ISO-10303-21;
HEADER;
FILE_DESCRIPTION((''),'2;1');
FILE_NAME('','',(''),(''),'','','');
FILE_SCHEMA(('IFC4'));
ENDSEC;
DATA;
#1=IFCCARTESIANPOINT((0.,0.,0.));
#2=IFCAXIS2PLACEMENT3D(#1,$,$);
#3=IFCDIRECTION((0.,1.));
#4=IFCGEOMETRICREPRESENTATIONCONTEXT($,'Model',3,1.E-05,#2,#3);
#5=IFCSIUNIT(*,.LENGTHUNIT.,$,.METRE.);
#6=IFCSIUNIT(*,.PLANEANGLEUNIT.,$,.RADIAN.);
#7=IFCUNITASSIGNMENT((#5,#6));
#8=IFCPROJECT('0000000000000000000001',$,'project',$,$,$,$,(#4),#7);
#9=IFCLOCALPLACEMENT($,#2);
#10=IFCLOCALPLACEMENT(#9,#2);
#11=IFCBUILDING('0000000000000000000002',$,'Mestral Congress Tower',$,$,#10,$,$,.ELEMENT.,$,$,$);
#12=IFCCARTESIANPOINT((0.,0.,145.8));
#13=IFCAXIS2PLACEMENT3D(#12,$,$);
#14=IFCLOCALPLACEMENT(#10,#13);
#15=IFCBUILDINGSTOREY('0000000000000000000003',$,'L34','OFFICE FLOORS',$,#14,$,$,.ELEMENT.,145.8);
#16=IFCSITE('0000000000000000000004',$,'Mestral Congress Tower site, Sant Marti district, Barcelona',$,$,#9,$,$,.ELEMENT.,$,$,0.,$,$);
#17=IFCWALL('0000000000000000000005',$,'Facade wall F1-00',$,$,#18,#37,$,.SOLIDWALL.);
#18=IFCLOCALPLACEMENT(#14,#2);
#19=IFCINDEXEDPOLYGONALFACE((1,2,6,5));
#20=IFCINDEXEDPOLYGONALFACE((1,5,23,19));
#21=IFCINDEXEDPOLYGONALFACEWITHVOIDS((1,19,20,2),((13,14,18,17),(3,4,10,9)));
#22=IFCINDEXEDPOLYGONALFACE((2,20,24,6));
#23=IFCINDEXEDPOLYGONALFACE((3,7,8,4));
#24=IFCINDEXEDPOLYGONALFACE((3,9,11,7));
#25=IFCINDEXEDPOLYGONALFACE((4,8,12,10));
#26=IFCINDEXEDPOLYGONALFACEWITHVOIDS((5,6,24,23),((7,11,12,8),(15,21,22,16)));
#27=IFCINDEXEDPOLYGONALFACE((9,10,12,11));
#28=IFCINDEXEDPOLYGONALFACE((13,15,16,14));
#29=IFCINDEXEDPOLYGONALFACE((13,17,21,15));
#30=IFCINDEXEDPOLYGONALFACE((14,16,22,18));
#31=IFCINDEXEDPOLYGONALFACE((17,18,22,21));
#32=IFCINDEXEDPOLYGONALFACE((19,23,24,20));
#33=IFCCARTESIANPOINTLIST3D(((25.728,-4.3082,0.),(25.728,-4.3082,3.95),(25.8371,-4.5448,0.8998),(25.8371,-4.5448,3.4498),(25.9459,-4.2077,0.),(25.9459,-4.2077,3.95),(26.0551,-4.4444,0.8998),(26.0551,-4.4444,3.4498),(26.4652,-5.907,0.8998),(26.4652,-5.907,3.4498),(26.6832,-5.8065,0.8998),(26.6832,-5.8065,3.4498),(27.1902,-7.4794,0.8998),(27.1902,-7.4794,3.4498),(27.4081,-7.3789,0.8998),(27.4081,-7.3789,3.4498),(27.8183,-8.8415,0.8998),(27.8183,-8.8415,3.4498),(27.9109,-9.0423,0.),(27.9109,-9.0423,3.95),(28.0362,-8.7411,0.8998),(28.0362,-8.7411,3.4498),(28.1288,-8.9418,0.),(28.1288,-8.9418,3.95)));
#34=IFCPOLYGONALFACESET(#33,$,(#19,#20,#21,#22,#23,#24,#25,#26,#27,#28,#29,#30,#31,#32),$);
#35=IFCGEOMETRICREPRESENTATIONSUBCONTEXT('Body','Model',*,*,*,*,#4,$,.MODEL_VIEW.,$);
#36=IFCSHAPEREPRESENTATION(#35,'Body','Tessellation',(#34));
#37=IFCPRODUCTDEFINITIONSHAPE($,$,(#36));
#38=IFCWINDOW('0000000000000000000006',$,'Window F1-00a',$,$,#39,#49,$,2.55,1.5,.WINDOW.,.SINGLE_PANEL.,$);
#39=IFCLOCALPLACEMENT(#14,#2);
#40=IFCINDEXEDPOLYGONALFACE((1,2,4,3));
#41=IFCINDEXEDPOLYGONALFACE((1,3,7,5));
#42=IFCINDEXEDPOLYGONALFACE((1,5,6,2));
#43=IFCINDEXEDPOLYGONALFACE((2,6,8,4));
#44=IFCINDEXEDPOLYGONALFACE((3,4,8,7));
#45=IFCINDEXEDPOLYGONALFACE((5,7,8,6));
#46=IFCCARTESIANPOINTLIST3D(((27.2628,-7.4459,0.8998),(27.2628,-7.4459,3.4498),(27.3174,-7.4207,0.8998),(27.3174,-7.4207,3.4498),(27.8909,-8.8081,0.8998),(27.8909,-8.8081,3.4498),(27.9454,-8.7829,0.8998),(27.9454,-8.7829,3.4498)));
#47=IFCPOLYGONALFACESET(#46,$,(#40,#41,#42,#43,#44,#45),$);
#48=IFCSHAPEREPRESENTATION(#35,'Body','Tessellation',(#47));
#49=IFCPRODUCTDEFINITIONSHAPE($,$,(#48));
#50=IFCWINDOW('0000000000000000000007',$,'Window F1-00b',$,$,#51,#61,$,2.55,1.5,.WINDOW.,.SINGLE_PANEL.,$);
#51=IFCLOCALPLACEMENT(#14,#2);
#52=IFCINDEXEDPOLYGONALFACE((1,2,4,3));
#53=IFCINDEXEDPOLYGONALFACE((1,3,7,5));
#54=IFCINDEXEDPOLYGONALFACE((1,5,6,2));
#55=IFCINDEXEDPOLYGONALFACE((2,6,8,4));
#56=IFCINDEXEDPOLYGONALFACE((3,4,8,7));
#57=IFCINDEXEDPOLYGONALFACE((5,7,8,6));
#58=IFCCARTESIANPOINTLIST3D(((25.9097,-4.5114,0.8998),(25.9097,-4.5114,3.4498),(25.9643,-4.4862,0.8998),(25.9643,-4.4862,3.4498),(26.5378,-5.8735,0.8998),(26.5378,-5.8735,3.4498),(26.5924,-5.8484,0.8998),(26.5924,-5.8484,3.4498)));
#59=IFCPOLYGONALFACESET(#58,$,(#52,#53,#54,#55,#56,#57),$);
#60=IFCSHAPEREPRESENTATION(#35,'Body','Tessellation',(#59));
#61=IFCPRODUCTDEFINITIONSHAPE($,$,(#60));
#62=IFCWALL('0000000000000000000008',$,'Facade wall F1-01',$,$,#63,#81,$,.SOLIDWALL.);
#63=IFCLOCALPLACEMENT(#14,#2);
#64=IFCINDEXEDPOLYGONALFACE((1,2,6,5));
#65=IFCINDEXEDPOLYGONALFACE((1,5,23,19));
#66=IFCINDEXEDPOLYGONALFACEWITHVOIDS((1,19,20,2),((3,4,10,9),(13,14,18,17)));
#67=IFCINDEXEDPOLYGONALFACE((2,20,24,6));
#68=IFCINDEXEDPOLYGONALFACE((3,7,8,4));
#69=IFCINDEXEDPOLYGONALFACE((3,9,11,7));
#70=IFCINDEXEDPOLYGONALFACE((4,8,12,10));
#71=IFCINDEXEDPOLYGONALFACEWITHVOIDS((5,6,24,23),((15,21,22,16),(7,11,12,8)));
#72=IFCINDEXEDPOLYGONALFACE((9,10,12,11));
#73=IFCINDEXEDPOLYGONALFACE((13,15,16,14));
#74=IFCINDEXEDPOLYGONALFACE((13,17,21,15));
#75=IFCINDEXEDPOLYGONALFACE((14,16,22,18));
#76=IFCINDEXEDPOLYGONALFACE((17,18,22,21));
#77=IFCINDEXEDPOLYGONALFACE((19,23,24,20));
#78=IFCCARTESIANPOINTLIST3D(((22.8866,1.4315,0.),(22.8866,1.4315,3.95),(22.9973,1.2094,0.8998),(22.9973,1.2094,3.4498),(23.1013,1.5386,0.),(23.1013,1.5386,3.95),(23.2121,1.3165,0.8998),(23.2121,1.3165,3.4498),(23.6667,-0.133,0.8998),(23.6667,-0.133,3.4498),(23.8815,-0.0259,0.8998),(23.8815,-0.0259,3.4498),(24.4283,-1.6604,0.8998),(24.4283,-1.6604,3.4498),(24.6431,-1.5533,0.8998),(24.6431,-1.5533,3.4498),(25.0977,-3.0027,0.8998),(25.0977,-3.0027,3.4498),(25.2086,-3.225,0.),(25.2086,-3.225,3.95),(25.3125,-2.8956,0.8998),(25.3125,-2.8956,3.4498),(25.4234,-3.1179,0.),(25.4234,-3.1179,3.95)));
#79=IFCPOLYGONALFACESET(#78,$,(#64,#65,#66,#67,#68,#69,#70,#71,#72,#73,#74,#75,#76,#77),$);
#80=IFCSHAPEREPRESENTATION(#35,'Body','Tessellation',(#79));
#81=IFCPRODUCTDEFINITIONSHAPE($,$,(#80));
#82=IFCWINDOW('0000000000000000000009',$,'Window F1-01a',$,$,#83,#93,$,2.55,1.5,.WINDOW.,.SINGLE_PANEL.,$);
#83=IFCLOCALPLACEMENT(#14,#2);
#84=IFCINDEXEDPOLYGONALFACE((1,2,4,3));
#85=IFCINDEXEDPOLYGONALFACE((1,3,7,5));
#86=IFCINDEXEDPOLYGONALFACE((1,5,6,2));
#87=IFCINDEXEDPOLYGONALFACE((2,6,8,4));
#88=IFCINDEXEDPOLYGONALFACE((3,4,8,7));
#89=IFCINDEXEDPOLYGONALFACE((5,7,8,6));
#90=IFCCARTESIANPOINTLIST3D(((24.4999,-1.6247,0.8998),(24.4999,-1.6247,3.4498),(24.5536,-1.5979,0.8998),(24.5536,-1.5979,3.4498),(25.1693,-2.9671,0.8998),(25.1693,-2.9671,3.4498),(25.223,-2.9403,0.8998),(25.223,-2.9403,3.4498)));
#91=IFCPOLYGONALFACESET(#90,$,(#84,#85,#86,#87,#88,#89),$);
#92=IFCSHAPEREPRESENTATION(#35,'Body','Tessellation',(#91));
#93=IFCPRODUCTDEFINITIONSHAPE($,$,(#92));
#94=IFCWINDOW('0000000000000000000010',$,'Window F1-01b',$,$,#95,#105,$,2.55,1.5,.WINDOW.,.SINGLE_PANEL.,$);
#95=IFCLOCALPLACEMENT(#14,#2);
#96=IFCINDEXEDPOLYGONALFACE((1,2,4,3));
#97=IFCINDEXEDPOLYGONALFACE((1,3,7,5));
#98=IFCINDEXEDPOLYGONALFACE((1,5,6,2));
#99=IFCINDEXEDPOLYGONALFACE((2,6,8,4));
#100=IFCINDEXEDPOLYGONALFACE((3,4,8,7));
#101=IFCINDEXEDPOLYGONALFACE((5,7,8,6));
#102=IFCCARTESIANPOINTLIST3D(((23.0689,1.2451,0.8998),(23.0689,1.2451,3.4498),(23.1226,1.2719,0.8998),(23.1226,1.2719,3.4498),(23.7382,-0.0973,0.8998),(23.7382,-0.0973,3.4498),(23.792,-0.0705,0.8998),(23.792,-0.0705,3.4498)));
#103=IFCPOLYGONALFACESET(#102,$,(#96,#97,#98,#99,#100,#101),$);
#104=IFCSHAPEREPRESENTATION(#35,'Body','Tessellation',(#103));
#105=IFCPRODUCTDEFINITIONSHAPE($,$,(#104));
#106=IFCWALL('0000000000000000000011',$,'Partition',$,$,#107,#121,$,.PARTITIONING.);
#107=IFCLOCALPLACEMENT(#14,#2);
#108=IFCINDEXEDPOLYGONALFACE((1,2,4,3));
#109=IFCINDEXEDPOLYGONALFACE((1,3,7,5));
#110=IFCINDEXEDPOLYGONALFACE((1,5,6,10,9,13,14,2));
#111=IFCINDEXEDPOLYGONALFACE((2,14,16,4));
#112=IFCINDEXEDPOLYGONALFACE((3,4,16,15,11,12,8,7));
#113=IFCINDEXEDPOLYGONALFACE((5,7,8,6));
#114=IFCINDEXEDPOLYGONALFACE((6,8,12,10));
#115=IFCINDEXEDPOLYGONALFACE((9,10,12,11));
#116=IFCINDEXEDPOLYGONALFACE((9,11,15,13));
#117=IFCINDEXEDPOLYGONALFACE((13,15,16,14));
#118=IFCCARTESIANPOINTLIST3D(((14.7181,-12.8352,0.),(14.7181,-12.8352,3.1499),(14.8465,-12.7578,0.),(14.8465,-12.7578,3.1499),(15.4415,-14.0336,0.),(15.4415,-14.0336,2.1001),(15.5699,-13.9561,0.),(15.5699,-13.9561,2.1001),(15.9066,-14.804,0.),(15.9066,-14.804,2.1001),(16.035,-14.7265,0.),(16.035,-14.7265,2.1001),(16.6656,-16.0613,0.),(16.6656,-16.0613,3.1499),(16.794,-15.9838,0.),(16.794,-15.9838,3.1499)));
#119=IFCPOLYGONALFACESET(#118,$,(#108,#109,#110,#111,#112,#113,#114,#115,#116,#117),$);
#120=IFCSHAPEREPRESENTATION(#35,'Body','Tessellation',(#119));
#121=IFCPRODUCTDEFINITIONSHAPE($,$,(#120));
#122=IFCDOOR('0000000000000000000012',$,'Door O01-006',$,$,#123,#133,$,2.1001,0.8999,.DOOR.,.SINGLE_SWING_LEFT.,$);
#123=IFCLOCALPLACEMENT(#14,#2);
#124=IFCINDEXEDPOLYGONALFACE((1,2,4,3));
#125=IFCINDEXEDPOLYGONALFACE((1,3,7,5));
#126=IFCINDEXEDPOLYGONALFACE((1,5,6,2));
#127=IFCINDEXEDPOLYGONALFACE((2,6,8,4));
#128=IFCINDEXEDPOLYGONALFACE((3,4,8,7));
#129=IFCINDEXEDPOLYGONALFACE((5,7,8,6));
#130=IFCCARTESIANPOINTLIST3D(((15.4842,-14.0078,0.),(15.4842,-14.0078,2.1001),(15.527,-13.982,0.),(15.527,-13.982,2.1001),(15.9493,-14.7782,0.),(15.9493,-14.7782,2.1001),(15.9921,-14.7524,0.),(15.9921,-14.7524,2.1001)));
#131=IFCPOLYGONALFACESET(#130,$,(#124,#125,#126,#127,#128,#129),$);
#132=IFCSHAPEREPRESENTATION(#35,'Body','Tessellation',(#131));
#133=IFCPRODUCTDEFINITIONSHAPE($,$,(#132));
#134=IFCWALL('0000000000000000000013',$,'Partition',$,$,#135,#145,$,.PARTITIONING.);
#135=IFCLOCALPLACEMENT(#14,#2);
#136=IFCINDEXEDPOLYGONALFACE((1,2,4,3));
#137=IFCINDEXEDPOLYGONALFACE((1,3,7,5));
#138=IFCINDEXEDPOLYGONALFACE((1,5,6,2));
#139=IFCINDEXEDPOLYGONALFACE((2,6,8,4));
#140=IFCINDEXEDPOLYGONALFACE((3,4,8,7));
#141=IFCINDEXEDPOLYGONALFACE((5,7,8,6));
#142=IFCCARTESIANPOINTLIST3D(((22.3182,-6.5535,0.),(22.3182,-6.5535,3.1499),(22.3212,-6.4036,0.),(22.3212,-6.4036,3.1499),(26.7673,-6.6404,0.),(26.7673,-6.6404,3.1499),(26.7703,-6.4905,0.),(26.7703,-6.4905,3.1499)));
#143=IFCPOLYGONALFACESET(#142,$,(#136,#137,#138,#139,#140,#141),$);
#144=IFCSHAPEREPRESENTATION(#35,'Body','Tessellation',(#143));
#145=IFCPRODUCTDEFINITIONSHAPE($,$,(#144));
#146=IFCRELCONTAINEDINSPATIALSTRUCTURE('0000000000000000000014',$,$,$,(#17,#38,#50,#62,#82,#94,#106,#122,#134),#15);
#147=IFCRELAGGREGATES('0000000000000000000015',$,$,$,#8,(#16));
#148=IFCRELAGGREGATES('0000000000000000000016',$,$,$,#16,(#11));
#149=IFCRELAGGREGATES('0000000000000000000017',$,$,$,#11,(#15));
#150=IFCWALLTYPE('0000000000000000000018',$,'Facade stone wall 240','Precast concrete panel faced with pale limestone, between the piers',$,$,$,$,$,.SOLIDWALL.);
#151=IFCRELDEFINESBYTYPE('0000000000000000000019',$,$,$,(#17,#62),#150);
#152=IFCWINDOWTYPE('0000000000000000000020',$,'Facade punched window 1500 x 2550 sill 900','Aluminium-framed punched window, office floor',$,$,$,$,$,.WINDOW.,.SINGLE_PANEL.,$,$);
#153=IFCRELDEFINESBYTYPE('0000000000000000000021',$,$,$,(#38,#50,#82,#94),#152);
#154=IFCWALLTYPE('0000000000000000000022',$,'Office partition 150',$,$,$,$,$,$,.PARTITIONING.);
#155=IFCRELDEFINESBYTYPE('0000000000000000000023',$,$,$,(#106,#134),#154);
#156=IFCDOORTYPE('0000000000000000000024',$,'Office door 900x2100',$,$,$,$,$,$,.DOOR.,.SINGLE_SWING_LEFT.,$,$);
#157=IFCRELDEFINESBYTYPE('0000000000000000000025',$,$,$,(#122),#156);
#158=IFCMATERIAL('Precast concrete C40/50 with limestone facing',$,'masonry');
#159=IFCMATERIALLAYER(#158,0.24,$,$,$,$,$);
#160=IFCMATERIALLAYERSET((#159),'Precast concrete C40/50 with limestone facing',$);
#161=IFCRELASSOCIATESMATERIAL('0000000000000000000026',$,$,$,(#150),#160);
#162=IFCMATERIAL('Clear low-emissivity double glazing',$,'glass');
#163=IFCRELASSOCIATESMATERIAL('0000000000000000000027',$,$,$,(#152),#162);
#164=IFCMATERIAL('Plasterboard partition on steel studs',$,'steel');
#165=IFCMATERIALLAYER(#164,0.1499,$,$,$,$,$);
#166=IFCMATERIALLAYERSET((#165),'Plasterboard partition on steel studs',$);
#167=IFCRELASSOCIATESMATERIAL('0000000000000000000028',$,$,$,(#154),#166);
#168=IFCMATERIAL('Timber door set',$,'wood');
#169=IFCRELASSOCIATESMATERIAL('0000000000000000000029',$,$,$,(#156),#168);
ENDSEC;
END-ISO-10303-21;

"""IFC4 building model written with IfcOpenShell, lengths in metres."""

from ifc_helpers import new_model, si_unit, direction, frame, frame_2d, origin, place, context, subcontext, project, spatial, rectangle, extrude, material, layer, layer_set, type_object, element, fill, save


model = new_model("IFC4")

# Units and contexts
model_context = context("Model", 3, precision=1e-05, world=origin(), true_north=direction((0.0, 1.0)))
body_context = subcontext(model_context, "Body", "Model", "MODEL_VIEW")
ifc_project = project(units=[si_unit("LENGTHUNIT", "METRE"), si_unit("PLANEANGLEUNIT", "RADIAN")], contexts=[model_context])

# Site, building, storey
site_placement = place(None, origin())
site = spatial("IfcSite", under=ifc_project, at=site_placement, Name="Mestral Congress Tower site, Sant Marti district, Barcelona", CompositionType="ELEMENT", RefElevation=0.0)
building_placement = place(site_placement, origin())
building = spatial("IfcBuilding", under=site, at=building_placement, Name="Mestral Congress Tower", CompositionType="ELEMENT")
storey_placement = place(building_placement, frame((0.0, 0.0, 145.8)))
storey = spatial("IfcBuildingStorey", under=building, at=storey_placement, Name="L34", Description="OFFICE FLOORS", CompositionType="ELEMENT", Elevation=145.8)

# Shared definitions
ifc_material_1 = material(Name="Precast concrete C40/50 with limestone facing", Category="masonry")
ifc_layer_1 = layer(ifc_material_1, 0.24)
ifc_layer_set_1 = layer_set([ifc_layer_1], Name="Precast concrete C40/50 with limestone facing")
wall_type_1 = type_object("IfcWallType", Name="Facade stone wall 240", Description="Precast concrete panel faced with pale limestone, between the piers", PredefinedType="SOLIDWALL", material=ifc_layer_set_1)
ifc_material_2 = material(Name="Clear low-emissivity double glazing", Category="glass")

# Walls, openings, windows
wall_1_placement = place(storey_placement, frame((28.0198, -8.9919, 0.0), z_axis=(0.0, 0.0, 1.0), x_axis=(-0.418723, 0.908114, 0.0)))
wall_1 = element("IfcWall", 1, at=wall_1_placement, inside=storey, type_object=wall_type_1, Name="Facade wall F1-00", PredefinedType="SOLIDWALL", context=body_context, shape_type="SweptSolid", body=[
    extrude(rectangle(XDim=5.2131, YDim=0.24, at=frame_2d((2.6064, 0.0))), origin(), (0.0, 0.0, 1.0), 3.95),
])
opening_1_placement = place(wall_1_placement, frame((0.2209, 0.0, 0.8999)))
opening_1 = element("IfcOpeningElement", 2, at=opening_1_placement, cuts=wall_1, PredefinedType="OPENING", context=body_context, shape_type="SweptSolid", body=[
    extrude(rectangle(XDim=1.5, YDim=2.55, at=frame_2d((0.75, 1.2749))), frame((0.0, 0.1299, 0.0), z_axis=(0.0, -1.0, 0.0), x_axis=(1.0, 0.0, 0.0)), (0.0, 0.0, 1.0), 0.26),
])
opening_2_placement = place(wall_1_placement, frame((3.4524, 0.0, 0.8999)))
opening_2 = element("IfcOpeningElement", 3, at=opening_2_placement, cuts=wall_1, PredefinedType="OPENING", context=body_context, shape_type="SweptSolid", body=[
    extrude(rectangle(XDim=1.5, YDim=2.55, at=frame_2d((0.75, 1.2749))), frame((0.0, 0.1299, 0.0), z_axis=(0.0, -1.0, 0.0), x_axis=(1.0, 0.0, 0.0)), (0.0, 0.0, 1.0), 0.26),
])
window_type_1 = type_object("IfcWindowType", Name="Facade punched window 1500 x 2550 sill 900", Description="Aluminium-framed punched window, office floor", PartitioningType="SINGLE_PANEL", PredefinedType="WINDOW", material=ifc_material_2)
window_1_placement = place(opening_1_placement, origin())
window_1 = element("IfcWindow", 4, at=window_1_placement, inside=storey, type_object=window_type_1, Name="Window F1-00a", OverallHeight=2.55, OverallWidth=1.5, PartitioningType="SINGLE_PANEL", PredefinedType="WINDOW", context=body_context, shape_type="SweptSolid", body=[
    extrude(rectangle(XDim=1.5, YDim=2.55, at=frame_2d((0.75, 1.2749))), frame((0.0, 0.04, 0.0), z_axis=(0.0, -1.0, 0.0), x_axis=(1.0, 0.0, 0.0)), (0.0, 0.0, 1.0), 0.0601),
])
fill(opening_1, window_1)
window_2_placement = place(opening_2_placement, origin())
window_2 = element("IfcWindow", 5, at=window_2_placement, inside=storey, type_object=window_type_1, Name="Window F1-00b", OverallHeight=2.55, OverallWidth=1.5, PartitioningType="SINGLE_PANEL", PredefinedType="WINDOW", context=body_context, shape_type="SweptSolid", body=[
    extrude(rectangle(XDim=1.5, YDim=2.55, at=frame_2d((0.75, 1.2749))), frame((0.0, 0.04, 0.0), z_axis=(0.0, -1.0, 0.0), x_axis=(1.0, 0.0, 0.0)), (0.0, 0.0, 1.0), 0.0601),
])
fill(opening_2, window_2)
wall_2_placement = place(storey_placement, frame((25.3159, -3.1714, 0.0), z_axis=(0.0, 0.0, 1.0), x_axis=(-0.446256, 0.894905, 0.0)))
wall_2 = element("IfcWall", 6, at=wall_2_placement, inside=storey, type_object=wall_type_1, Name="Facade wall F1-01", PredefinedType="SOLIDWALL", context=body_context, shape_type="SweptSolid", body=[
    extrude(rectangle(XDim=5.2034, YDim=0.24, at=frame_2d((2.6016, 0.0))), origin(), (0.0, 0.0, 1.0), 3.95),
])
opening_3_placement = place(wall_2_placement, frame((0.2483, 0.0, 0.8999)))
opening_3 = element("IfcOpeningElement", 7, at=opening_3_placement, cuts=wall_2, PredefinedType="OPENING", context=body_context, shape_type="SweptSolid", body=[
    extrude(rectangle(XDim=1.5, YDim=2.55, at=frame_2d((0.75, 1.2749))), frame((0.0, 0.1299, 0.0), z_axis=(0.0, -1.0, 0.0), x_axis=(1.0, 0.0, 0.0)), (0.0, 0.0, 1.0), 0.26),
])
opening_4_placement = place(wall_2_placement, frame((3.4551, 0.0, 0.8999)))
opening_4 = element("IfcOpeningElement", 8, at=opening_4_placement, cuts=wall_2, PredefinedType="OPENING", context=body_context, shape_type="SweptSolid", body=[
    extrude(rectangle(XDim=1.5, YDim=2.55, at=frame_2d((0.75, 1.2749))), frame((0.0, 0.1299, 0.0), z_axis=(0.0, -1.0, 0.0), x_axis=(1.0, 0.0, 0.0)), (0.0, 0.0, 1.0), 0.26),
])
window_3_placement = place(opening_3_placement, origin())
window_3 = element("IfcWindow", 9, at=window_3_placement, inside=storey, type_object=window_type_1, Name="Window F1-01a", OverallHeight=2.55, OverallWidth=1.5, PartitioningType="SINGLE_PANEL", PredefinedType="WINDOW", context=body_context, shape_type="SweptSolid", body=[
    extrude(rectangle(XDim=1.5, YDim=2.55, at=frame_2d((0.75, 1.2749))), frame((0.0, 0.04, 0.0), z_axis=(0.0, -1.0, 0.0), x_axis=(1.0, 0.0, 0.0)), (0.0, 0.0, 1.0), 0.0601),
])
fill(opening_3, window_3)
window_4_placement = place(opening_4_placement, origin())
window_4 = element("IfcWindow", 10, at=window_4_placement, inside=storey, type_object=window_type_1, Name="Window F1-01b", OverallHeight=2.55, OverallWidth=1.5, PartitioningType="SINGLE_PANEL", PredefinedType="WINDOW", context=body_context, shape_type="SweptSolid", body=[
    extrude(rectangle(XDim=1.5, YDim=2.55, at=frame_2d((0.75, 1.2749))), frame((0.0, 0.04, 0.0), z_axis=(0.0, -1.0, 0.0), x_axis=(1.0, 0.0, 0.0)), (0.0, 0.0, 1.0), 0.0601),
])
fill(opening_4, window_4)

# Wall, opening, door
ifc_material_3 = material(Name="Plasterboard partition on steel studs", Category="steel")
ifc_layer_2 = layer(ifc_material_3, 0.1499)
ifc_layer_set_2 = layer_set([ifc_layer_2], Name="Plasterboard partition on steel studs")
wall_type_2 = type_object("IfcWallType", Name="Office partition 150", PredefinedType="PARTITIONING", material=ifc_layer_set_2)
wall_3_placement = place(storey_placement, frame((14.7822, -12.7964, 0.0), z_axis=(0.0, 0.0, 1.0), x_axis=(0.516809, -0.856101, 0.0)))
wall_3 = element("IfcWall", 11, at=wall_3_placement, inside=storey, type_object=wall_type_2, Name="Partition", PredefinedType="PARTITIONING", context=body_context, shape_type="SweptSolid", body=[
    extrude(rectangle(XDim=3.7683, YDim=0.1499, at=frame_2d((1.8843, 0.0))), origin(), (0.0, 0.0, 1.0), 3.1499),
])
opening_5_placement = place(wall_3_placement, frame((1.3999, 0.0, 0.0)))
opening_5 = element("IfcOpeningElement", 12, at=opening_5_placement, cuts=wall_3, PredefinedType="OPENING", context=body_context, shape_type="SweptSolid", body=[
    extrude(rectangle(XDim=0.8999, YDim=2.1001, at=frame_2d((0.45, 1.05))), frame((0.0, 0.085, 0.0), z_axis=(0.0, -1.0, 0.0), x_axis=(1.0, 0.0, 0.0)), (0.0, 0.0, 1.0), 0.1699),
])
ifc_material_4 = material(Name="Timber door set", Category="wood")
door_type = type_object("IfcDoorType", Name="Office door 900x2100", OperationType="SINGLE_SWING_LEFT", PredefinedType="DOOR", material=ifc_material_4)
door_1_placement = place(opening_5_placement, origin())
door_1 = element("IfcDoor", 13, at=door_1_placement, inside=storey, type_object=door_type, Name="Door O01-006", OperationType="SINGLE_SWING_LEFT", OverallHeight=2.1001, OverallWidth=0.8999, PredefinedType="DOOR", context=body_context, shape_type="SweptSolid", body=[
    extrude(rectangle(XDim=0.8999, YDim=2.1001, at=frame_2d((0.45, 1.05))), frame((0.0, 0.0249, 0.0), z_axis=(0.0, -1.0, 0.0), x_axis=(1.0, 0.0, 0.0)), (0.0, 0.0, 1.0), 0.05),
])
fill(opening_5, door_1)

# Wall
wall_4_placement = place(storey_placement, frame((22.3196, -6.4785, 0.0), z_axis=(0.0, 0.0, 1.0), x_axis=(0.999809, -0.019531, 0.0)))
element("IfcWall", 14, at=wall_4_placement, inside=storey, type_object=wall_type_2, Name="Partition", PredefinedType="PARTITIONING", context=body_context, shape_type="SweptSolid", body=[
    extrude(rectangle(XDim=4.45, YDim=0.1499, at=frame_2d((2.2251, 0.0))), origin(), (0.0, 0.0, 1.0), 3.1499),
])

save(model, "model.ifc")
